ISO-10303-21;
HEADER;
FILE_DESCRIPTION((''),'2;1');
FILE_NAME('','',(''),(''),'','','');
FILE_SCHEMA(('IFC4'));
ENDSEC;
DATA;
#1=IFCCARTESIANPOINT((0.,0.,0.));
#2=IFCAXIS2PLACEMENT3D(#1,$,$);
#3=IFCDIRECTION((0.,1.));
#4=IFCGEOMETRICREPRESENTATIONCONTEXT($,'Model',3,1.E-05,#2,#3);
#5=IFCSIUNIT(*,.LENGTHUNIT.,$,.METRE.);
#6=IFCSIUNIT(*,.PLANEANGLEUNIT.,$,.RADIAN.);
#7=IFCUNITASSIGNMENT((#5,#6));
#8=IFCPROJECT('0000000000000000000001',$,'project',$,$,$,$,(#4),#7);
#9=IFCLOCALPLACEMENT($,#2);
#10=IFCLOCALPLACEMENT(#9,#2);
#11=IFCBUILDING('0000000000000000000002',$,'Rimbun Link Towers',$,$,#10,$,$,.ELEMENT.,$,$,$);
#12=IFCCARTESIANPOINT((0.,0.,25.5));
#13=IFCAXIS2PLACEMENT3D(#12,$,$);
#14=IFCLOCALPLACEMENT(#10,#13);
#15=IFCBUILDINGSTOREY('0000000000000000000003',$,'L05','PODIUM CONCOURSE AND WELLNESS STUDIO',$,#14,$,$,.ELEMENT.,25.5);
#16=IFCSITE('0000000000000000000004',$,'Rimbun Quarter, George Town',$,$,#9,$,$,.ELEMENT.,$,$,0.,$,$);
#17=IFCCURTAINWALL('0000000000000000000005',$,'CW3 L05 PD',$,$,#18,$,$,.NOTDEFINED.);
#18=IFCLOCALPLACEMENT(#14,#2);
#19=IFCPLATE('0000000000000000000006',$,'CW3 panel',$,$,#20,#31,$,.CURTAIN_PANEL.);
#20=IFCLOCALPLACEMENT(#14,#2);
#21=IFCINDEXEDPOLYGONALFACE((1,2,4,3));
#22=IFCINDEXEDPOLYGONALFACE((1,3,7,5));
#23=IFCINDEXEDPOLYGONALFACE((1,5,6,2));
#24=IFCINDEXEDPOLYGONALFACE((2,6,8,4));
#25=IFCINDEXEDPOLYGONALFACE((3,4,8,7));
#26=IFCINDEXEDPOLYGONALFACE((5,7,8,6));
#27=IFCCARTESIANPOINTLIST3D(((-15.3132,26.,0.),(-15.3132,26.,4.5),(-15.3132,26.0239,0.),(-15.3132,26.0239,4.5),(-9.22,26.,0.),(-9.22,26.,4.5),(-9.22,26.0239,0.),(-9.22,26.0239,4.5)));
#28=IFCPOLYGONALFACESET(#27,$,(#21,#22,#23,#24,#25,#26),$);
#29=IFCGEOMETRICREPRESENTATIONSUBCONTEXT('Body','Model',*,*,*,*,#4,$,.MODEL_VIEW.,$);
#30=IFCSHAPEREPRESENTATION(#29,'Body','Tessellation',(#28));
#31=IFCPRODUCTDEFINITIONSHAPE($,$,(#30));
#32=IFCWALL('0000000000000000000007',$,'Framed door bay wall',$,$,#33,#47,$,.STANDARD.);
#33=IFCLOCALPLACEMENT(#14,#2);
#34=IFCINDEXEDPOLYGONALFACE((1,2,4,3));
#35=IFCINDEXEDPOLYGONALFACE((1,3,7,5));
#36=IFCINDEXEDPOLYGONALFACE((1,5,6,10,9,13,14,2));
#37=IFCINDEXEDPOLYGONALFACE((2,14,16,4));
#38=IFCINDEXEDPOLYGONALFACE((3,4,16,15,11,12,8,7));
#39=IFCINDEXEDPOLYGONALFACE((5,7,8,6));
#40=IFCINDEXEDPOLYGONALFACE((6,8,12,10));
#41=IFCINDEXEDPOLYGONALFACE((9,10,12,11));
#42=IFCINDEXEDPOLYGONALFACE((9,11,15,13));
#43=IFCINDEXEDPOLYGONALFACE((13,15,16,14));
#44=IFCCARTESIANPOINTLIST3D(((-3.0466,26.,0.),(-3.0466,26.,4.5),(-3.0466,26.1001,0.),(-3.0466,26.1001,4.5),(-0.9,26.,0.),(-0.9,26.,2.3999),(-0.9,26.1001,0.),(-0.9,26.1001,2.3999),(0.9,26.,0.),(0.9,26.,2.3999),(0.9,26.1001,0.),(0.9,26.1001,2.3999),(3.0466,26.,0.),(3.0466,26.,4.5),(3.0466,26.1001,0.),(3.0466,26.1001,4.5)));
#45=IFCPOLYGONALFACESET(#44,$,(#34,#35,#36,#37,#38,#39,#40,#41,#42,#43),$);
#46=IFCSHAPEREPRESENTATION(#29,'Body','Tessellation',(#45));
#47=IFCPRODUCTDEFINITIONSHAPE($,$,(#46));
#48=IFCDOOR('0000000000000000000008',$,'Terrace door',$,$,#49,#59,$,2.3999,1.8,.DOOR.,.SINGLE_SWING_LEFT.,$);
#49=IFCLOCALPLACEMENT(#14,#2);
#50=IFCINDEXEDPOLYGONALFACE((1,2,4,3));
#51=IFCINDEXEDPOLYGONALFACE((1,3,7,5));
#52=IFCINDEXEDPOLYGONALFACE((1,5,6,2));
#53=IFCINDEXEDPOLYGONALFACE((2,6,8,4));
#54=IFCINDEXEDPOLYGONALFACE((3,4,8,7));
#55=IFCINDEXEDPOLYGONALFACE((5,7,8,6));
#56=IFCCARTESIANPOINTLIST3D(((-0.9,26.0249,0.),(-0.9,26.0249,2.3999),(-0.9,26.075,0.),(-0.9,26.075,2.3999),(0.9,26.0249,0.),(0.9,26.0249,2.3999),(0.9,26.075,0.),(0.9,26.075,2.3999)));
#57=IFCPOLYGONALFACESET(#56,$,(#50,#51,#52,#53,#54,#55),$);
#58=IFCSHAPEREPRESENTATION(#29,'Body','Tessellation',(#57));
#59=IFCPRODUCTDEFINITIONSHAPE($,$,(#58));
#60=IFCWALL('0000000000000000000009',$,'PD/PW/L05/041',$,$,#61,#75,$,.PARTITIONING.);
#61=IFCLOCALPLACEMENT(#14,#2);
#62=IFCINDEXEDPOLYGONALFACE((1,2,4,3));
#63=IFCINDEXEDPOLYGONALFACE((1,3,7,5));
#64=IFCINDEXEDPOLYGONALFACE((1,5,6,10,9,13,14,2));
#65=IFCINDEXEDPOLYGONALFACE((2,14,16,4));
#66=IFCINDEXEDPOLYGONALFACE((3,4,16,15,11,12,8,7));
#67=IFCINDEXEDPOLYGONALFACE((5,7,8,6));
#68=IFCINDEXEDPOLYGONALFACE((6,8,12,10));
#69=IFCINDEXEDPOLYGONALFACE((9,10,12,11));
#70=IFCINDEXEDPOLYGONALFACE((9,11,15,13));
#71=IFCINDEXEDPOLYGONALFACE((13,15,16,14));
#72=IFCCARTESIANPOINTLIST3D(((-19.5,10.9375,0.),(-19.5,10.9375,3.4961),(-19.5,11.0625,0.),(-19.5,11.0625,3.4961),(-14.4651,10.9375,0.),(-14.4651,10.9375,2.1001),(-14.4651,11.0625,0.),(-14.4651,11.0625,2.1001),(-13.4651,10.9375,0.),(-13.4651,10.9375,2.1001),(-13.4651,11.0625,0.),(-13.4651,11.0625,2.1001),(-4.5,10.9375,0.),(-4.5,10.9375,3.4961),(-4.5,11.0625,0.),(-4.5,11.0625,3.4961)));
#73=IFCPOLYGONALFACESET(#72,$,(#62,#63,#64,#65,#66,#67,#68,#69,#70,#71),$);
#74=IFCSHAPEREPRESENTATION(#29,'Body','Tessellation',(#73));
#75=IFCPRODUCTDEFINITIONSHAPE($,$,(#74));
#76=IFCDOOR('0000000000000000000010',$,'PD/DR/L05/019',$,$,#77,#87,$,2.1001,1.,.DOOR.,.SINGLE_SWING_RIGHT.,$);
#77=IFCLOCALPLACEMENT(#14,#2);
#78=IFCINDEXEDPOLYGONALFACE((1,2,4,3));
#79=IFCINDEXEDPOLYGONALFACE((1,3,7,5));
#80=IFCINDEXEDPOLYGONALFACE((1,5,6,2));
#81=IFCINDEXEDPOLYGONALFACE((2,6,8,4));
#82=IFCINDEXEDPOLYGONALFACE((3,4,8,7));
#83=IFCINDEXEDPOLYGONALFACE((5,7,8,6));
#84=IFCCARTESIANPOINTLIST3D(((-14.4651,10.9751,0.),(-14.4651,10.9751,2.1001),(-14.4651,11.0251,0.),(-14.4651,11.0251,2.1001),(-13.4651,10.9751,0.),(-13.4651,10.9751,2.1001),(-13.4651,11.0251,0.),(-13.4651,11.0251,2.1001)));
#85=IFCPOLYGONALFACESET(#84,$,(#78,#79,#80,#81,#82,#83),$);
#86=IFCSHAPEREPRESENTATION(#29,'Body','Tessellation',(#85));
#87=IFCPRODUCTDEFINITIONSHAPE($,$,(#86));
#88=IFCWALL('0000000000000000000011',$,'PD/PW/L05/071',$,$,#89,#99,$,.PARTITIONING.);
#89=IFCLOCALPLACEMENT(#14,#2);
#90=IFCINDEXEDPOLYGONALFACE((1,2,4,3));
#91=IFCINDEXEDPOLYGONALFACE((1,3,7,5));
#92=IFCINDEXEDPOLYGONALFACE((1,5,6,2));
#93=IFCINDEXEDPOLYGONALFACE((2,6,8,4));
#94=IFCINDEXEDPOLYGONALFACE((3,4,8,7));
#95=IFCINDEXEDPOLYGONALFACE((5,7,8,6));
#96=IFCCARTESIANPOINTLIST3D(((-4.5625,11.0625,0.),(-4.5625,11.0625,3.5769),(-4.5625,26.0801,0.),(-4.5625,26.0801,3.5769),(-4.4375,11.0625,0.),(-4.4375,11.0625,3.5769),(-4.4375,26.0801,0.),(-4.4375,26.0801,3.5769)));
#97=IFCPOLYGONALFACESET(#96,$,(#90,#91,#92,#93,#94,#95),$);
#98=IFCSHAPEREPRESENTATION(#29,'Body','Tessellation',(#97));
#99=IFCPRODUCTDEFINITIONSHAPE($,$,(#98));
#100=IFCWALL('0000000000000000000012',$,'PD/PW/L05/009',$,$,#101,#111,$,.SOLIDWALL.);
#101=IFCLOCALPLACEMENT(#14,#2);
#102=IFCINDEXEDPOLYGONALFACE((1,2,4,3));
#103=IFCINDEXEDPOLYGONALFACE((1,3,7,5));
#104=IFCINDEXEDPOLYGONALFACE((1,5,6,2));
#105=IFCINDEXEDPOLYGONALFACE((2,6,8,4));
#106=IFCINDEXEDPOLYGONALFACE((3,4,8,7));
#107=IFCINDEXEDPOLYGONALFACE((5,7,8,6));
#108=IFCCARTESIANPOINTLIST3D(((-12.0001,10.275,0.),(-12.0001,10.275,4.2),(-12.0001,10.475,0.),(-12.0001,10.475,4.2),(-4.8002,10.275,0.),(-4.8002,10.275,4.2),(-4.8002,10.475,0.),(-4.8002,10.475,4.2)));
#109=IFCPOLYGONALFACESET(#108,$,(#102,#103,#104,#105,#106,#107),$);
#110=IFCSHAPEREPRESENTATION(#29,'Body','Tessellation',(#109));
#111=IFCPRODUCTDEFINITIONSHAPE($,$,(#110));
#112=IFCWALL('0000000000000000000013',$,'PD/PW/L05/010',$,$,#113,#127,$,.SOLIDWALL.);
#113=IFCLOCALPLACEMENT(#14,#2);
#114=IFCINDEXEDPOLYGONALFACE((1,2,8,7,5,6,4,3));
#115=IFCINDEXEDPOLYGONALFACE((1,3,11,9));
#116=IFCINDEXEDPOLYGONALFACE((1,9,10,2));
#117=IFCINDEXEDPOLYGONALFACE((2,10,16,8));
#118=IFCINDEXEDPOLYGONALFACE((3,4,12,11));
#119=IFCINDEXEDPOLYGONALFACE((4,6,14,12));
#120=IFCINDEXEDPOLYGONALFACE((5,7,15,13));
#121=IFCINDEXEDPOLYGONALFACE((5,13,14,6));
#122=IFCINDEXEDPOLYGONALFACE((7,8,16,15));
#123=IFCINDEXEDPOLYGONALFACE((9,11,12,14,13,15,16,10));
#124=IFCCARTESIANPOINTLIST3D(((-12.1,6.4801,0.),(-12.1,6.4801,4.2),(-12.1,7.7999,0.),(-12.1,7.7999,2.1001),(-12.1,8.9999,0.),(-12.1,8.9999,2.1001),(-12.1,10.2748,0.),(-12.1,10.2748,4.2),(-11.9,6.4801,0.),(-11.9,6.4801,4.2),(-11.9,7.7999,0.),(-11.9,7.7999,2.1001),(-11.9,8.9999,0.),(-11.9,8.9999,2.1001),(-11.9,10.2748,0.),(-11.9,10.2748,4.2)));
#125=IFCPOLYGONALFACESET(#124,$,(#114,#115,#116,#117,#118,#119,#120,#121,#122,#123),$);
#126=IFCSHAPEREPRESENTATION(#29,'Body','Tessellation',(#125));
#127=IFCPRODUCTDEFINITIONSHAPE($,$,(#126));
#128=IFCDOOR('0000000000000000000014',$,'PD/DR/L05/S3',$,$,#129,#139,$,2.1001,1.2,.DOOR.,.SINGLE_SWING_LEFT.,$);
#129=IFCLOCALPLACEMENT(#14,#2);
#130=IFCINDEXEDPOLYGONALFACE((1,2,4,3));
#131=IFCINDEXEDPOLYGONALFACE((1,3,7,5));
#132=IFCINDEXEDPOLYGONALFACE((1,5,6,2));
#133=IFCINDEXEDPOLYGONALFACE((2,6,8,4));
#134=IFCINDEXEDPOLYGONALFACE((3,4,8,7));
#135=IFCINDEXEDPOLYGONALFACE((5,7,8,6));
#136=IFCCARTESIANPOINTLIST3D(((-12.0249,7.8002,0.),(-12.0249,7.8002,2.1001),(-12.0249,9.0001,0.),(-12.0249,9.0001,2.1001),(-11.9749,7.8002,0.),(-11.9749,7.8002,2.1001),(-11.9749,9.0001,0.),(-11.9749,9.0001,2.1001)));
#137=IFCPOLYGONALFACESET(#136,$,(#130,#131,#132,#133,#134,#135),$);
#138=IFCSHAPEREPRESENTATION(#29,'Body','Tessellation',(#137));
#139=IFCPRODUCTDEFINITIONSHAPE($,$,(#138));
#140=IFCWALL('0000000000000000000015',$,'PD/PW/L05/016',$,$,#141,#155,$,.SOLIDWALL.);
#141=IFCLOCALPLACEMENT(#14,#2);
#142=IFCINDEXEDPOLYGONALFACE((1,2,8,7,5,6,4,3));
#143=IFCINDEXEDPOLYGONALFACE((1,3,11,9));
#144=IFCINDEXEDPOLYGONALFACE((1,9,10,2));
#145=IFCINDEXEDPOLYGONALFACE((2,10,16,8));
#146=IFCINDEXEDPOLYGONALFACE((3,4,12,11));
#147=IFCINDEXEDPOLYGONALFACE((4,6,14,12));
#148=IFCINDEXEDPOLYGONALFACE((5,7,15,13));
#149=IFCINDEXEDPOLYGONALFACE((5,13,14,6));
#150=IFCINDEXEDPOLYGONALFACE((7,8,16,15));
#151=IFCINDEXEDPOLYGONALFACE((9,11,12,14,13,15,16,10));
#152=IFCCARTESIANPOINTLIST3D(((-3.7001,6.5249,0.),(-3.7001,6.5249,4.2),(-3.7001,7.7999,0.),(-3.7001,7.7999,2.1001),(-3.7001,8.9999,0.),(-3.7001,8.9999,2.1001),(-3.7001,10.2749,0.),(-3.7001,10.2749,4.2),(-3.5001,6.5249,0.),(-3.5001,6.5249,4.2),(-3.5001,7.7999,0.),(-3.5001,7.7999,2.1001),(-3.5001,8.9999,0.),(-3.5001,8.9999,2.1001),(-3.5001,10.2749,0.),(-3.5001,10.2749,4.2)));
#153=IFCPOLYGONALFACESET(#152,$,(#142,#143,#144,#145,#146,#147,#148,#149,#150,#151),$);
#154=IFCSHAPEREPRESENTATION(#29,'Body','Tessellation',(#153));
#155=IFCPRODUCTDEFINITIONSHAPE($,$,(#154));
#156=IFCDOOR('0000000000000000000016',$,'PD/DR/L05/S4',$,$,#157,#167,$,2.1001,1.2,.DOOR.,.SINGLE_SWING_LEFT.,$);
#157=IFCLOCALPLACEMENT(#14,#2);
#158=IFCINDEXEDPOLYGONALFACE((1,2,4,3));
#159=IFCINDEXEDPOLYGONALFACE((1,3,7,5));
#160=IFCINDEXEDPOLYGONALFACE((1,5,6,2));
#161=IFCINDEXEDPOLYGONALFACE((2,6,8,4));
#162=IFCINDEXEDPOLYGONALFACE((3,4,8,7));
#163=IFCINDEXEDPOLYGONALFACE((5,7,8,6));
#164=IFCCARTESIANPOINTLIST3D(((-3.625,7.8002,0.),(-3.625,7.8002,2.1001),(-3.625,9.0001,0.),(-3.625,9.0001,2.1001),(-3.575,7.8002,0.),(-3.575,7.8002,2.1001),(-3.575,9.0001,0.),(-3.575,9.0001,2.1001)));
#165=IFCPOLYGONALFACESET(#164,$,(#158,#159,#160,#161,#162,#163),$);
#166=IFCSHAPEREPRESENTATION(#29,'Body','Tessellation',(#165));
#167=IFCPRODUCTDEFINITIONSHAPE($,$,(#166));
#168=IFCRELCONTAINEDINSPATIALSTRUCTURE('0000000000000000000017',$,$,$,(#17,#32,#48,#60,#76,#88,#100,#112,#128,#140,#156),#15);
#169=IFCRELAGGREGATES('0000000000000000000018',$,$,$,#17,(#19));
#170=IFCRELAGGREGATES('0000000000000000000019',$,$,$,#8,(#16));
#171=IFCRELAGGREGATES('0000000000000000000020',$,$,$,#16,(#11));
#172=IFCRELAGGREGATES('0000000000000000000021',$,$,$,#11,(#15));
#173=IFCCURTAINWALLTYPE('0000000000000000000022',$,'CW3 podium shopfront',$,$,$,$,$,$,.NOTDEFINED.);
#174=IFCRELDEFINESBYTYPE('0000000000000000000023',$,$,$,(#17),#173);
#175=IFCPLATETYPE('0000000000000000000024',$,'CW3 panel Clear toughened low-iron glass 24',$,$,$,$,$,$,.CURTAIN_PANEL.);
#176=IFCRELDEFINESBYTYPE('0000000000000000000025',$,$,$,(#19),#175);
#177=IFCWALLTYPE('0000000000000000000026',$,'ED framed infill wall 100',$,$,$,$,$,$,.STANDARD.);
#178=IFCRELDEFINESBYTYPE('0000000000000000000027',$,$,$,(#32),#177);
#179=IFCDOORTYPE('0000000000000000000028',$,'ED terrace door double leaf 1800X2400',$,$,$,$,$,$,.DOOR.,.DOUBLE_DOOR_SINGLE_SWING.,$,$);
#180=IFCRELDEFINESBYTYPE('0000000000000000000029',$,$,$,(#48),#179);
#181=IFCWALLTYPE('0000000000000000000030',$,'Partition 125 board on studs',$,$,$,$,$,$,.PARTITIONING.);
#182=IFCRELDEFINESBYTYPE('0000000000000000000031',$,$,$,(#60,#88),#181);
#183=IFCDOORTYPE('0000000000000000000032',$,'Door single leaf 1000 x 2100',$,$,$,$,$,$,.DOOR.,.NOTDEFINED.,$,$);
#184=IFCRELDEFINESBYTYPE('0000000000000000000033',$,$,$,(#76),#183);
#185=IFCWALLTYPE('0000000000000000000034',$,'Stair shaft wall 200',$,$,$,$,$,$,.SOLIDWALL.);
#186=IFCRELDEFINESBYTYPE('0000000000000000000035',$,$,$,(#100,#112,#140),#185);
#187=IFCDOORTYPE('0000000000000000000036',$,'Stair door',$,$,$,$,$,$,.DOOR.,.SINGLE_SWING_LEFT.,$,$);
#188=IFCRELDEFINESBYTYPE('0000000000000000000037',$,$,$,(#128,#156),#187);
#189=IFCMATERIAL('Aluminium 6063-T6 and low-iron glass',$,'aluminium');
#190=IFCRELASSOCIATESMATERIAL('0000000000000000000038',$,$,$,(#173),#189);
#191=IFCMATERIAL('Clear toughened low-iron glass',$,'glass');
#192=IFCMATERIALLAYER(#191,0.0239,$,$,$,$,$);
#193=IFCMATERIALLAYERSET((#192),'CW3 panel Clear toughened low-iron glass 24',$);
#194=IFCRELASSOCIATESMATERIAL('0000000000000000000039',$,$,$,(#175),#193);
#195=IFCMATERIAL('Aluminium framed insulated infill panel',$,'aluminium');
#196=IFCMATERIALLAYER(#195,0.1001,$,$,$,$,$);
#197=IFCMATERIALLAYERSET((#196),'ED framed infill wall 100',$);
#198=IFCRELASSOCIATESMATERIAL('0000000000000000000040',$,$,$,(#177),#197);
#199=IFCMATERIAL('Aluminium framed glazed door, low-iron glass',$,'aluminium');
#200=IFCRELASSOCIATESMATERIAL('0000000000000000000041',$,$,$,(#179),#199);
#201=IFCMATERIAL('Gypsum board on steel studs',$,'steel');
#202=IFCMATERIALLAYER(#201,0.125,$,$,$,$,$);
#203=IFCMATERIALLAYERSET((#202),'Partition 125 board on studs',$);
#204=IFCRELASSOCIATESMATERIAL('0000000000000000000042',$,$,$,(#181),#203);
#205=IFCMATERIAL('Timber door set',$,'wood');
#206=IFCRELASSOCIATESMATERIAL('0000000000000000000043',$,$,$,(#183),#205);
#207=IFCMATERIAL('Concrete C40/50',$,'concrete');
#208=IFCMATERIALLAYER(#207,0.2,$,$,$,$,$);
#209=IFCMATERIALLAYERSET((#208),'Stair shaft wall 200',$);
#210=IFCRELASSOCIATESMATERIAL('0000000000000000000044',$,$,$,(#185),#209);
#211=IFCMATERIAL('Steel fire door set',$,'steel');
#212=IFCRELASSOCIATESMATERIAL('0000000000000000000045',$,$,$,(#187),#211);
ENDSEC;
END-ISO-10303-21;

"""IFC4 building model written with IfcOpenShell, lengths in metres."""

from ifc_helpers import new_model, si_unit, direction, frame, frame_2d, origin, origin_2d, place, context, subcontext, project, spatial, rectangle, extrude, material, layer, layer_set, type_object, element, fill, aggregate, save


model = new_model("IFC4")

# Units and contexts
model_context = context("Model", 3, precision=1e-05, world=origin(), true_north=direction((0.0, 1.0)))
body_context = subcontext(model_context, "Body", "Model", "MODEL_VIEW")
ifc_project = project(units=[si_unit("LENGTHUNIT", "METRE"), si_unit("PLANEANGLEUNIT", "RADIAN")], contexts=[model_context])

# Site, building, storey
site_placement = place(None, origin())
site = spatial("IfcSite", under=ifc_project, at=site_placement, Name="Rimbun Quarter, George Town", CompositionType="ELEMENT", RefElevation=0.0)
building_placement = place(site_placement, origin())
building = spatial("IfcBuilding", under=site, at=building_placement, Name="Rimbun Link Towers", CompositionType="ELEMENT")
storey_placement = place(building_placement, frame((0.0, 0.0, 25.5)))
storey = spatial("IfcBuildingStorey", under=building, at=storey_placement, Name="L05", Description="PODIUM CONCOURSE AND WELLNESS STUDIO", CompositionType="ELEMENT", Elevation=25.5)

# Curtain wall
ifc_material_1 = material(Name="Aluminium 6063-T6 and low-iron glass", Category="aluminium")
curtain_wall_type = type_object("IfcCurtainWallType", Name="CW3 podium shopfront", PredefinedType="NOTDEFINED", material=ifc_material_1)
curtain_wall_placement = place(storey_placement, origin())
curtain_wall = element("IfcCurtainWall", 1, at=curtain_wall_placement, inside=storey, type_object=curtain_wall_type, Name="CW3 L05 PD", PredefinedType="NOTDEFINED")

# Plate
ifc_material_2 = material(Name="Clear toughened low-iron glass", Category="glass")
ifc_layer_1 = layer(ifc_material_2, 0.0239)
ifc_layer_set_1 = layer_set([ifc_layer_1], Name="CW3 panel Clear toughened low-iron glass 24")
plate_type = type_object("IfcPlateType", Name="CW3 panel Clear toughened low-iron glass 24", PredefinedType="CURTAIN_PANEL", material=ifc_layer_set_1)
plate_1_placement = place(storey_placement, frame((-12.2666, 26.012, 0.0), z_axis=(0.0, 0.0, 1.0), x_axis=(1.0, 0.0, 0.0)))
plate_1 = element("IfcPlate", 2, at=plate_1_placement, type_object=plate_type, Name="CW3 panel", PredefinedType="CURTAIN_PANEL", context=body_context, shape_type="SweptSolid", body=[
    extrude(rectangle(XDim=6.0933, YDim=0.0239, at=origin_2d()), origin(), (0.0, 0.0, 1.0), 4.5),
])
aggregate(curtain_wall, [plate_1])

# Walls, openings, doors
ifc_material_3 = material(Name="Aluminium framed insulated infill panel", Category="aluminium")
ifc_layer_2 = layer(ifc_material_3, 0.1001)
ifc_layer_set_2 = layer_set([ifc_layer_2], Name="ED framed infill wall 100")
wall_type_1 = type_object("IfcWallType", Name="ED framed infill wall 100", PredefinedType="STANDARD", material=ifc_layer_set_2)
wall_1_placement = place(storey_placement, frame((-3.0466, 26.05, 0.0), z_axis=(0.0, 0.0, 1.0), x_axis=(1.0, 0.0, 0.0)))
wall_1 = element("IfcWall", 3, at=wall_1_placement, inside=storey, type_object=wall_type_1, Name="Framed door bay wall", PredefinedType="STANDARD", context=body_context, shape_type="SweptSolid", body=[
    extrude(rectangle(XDim=6.0933, YDim=0.1001, at=frame_2d((3.0466, 0.0))), origin(), (0.0, 0.0, 1.0), 4.5),
])
opening_1_placement = place(wall_1_placement, frame((2.1467, 0.0, 0.0)))
opening_1 = element("IfcOpeningElement", 4, at=opening_1_placement, cuts=wall_1, PredefinedType="OPENING", context=body_context, shape_type="SweptSolid", body=[
    extrude(rectangle(XDim=1.8, YDim=2.3999, at=frame_2d((0.8999, 1.2))), frame((0.0, 0.0601, 0.0), z_axis=(0.0, -1.0, 0.0), x_axis=(1.0, 0.0, 0.0)), (0.0, 0.0, 1.0), 0.1201),
])
ifc_material_4 = material(Name="Aluminium framed glazed door, low-iron glass", Category="aluminium")
door_type_1 = type_object("IfcDoorType", Name="ED terrace door double leaf 1800X2400", OperationType="DOUBLE_DOOR_SINGLE_SWING", PredefinedType="DOOR", material=ifc_material_4)
door_1_placement = place(opening_1_placement, origin())
door_1 = element("IfcDoor", 5, at=door_1_placement, inside=storey, type_object=door_type_1, Name="Terrace door", OperationType="SINGLE_SWING_LEFT", OverallHeight=2.3999, OverallWidth=1.8, PredefinedType="DOOR", context=body_context, shape_type="SweptSolid", body=[
    extrude(rectangle(XDim=1.8, YDim=2.3999, at=frame_2d((0.8999, 1.2))), frame((0.0, 0.0249, 0.0), z_axis=(0.0, -1.0, 0.0), x_axis=(1.0, 0.0, 0.0)), (0.0, 0.0, 1.0), 0.05),
])
fill(opening_1, door_1)
ifc_material_5 = material(Name="Gypsum board on steel studs", Category="steel")
ifc_layer_3 = layer(ifc_material_5, 0.125)
ifc_layer_set_3 = layer_set([ifc_layer_3], Name="Partition 125 board on studs")
wall_type_2 = type_object("IfcWallType", Name="Partition 125 board on studs", PredefinedType="PARTITIONING", material=ifc_layer_set_3)
wall_2_placement = place(storey_placement, frame((-4.5, 11.0, 0.0), z_axis=(0.0, 0.0, 1.0), x_axis=(-1.0, 0.0, 0.0)))
wall_2 = element("IfcWall", 6, at=wall_2_placement, inside=storey, type_object=wall_type_2, Name="PD/PW/L05/041", PredefinedType="PARTITIONING", context=body_context, shape_type="SweptSolid", body=[
    extrude(rectangle(XDim=15.0, YDim=0.125, at=frame_2d((7.5, 0.0))), origin(), (0.0, 0.0, 1.0), 3.4961),
])
opening_2_placement = place(wall_2_placement, frame((8.9651, 0.0, 0.0)))
opening_2 = element("IfcOpeningElement", 7, at=opening_2_placement, cuts=wall_2, PredefinedType="OPENING", context=body_context, shape_type="SweptSolid", body=[
    extrude(rectangle(XDim=1.0, YDim=2.1001, at=frame_2d((0.5, 1.05))), frame((0.0, 0.0725, 0.0), z_axis=(0.0, -1.0, 0.0), x_axis=(1.0, 0.0, 0.0)), (0.0, 0.0, 1.0), 0.145),
])
ifc_material_6 = material(Name="Timber door set", Category="wood")
door_type_2 = type_object("IfcDoorType", Name="Door single leaf 1000 x 2100", OperationType="NOTDEFINED", PredefinedType="DOOR", material=ifc_material_6)
door_2_placement = place(opening_2_placement, origin())
door_2 = element("IfcDoor", 8, at=door_2_placement, inside=storey, type_object=door_type_2, Name="PD/DR/L05/019", OperationType="SINGLE_SWING_RIGHT", OverallHeight=2.1001, OverallWidth=1.0, PredefinedType="DOOR", context=body_context, shape_type="SweptSolid", body=[
    extrude(rectangle(XDim=1.0, YDim=2.1001, at=frame_2d((0.5, 1.05))), frame((0.0, 0.0249, 0.0), z_axis=(0.0, -1.0, 0.0), x_axis=(1.0, 0.0, 0.0)), (0.0, 0.0, 1.0), 0.05),
])
fill(opening_2, door_2)

# Walls
wall_3_placement = place(storey_placement, frame((-4.5, 11.0625, 0.0), z_axis=(0.0, 0.0, 1.0), x_axis=(0.0, 1.0, 0.0)))
element("IfcWall", 9, at=wall_3_placement, inside=storey, type_object=wall_type_2, Name="PD/PW/L05/071", PredefinedType="PARTITIONING", context=body_context, shape_type="SweptSolid", body=[
    extrude(rectangle(XDim=15.0176, YDim=0.125, at=frame_2d((7.5088, 0.0))), origin(), (0.0, 0.0, 1.0), 3.5769),
])
ifc_material_7 = material(Name="Concrete C40/50", Category="concrete")
ifc_layer_4 = layer(ifc_material_7, 0.2)
ifc_layer_set_4 = layer_set([ifc_layer_4], Name="Stair shaft wall 200")
wall_type_3 = type_object("IfcWallType", Name="Stair shaft wall 200", PredefinedType="SOLIDWALL", material=ifc_layer_set_4)
wall_4_placement = place(storey_placement, frame((-4.8, 10.375, 0.0), z_axis=(0.0, 0.0, 1.0), x_axis=(-1.0, 0.0, 0.0)))
element("IfcWall", 10, at=wall_4_placement, inside=storey, type_object=wall_type_3, Name="PD/PW/L05/009", PredefinedType="SOLIDWALL", context=body_context, shape_type="SweptSolid", body=[
    extrude(rectangle(XDim=7.2, YDim=0.2, at=frame_2d((3.6001, 0.0))), origin(), (0.0, 0.0, 1.0), 4.2),
])

# Walls, openings, doors
wall_5_placement = place(storey_placement, frame((-12.0, 10.2749, 0.0), z_axis=(0.0, 0.0, 1.0), x_axis=(0.0, -1.0, 0.0)))
wall_5 = element("IfcWall", 11, at=wall_5_placement, inside=storey, type_object=wall_type_3, Name="PD/PW/L05/010", PredefinedType="SOLIDWALL", context=body_context, shape_type="SweptSolid", body=[
    extrude(rectangle(XDim=3.7947, YDim=0.2, at=frame_2d((1.8975, 0.0))), origin(), (0.0, 0.0, 1.0), 4.2),
])
opening_3_placement = place(wall_5_placement, frame((1.2749, 0.0, 0.0)))
opening_3 = element("IfcOpeningElement", 12, at=opening_3_placement, cuts=wall_5, PredefinedType="OPENING", context=body_context, shape_type="SweptSolid", body=[
    extrude(rectangle(XDim=1.2, YDim=2.1001, at=frame_2d((0.6001, 1.05))), frame((0.0, 0.1099, 0.0), z_axis=(0.0, -1.0, 0.0), x_axis=(1.0, 0.0, 0.0)), (0.0, 0.0, 1.0), 0.22),
])
ifc_material_8 = material(Name="Steel fire door set", Category="steel")
door_type_3 = type_object("IfcDoorType", Name="Stair door", OperationType="SINGLE_SWING_LEFT", PredefinedType="DOOR", material=ifc_material_8)
door_3_placement = place(opening_3_placement, frame((1.2, 0.0, 0.0), z_axis=(0.0, 0.0, 1.0), x_axis=(-1.0, 0.0, 0.0)))
door_3 = element("IfcDoor", 13, at=door_3_placement, inside=storey, type_object=door_type_3, Name="PD/DR/L05/S3", OperationType="SINGLE_SWING_LEFT", OverallHeight=2.1001, OverallWidth=1.2, PredefinedType="DOOR", context=body_context, shape_type="SweptSolid", body=[
    extrude(rectangle(XDim=1.2, YDim=2.1001, at=frame_2d((0.6001, 1.05))), frame((0.0, 0.0249, 0.0), z_axis=(0.0, -1.0, 0.0), x_axis=(1.0, 0.0, 0.0)), (0.0, 0.0, 1.0), 0.05),
])
fill(opening_3, door_3)
wall_6_placement = place(storey_placement, frame((-3.6001, 10.2749, 0.0), z_axis=(0.0, 0.0, 1.0), x_axis=(0.0, -1.0, 0.0)))
wall_6 = element("IfcWall", 14, at=wall_6_placement, inside=storey, type_object=wall_type_3, Name="PD/PW/L05/016", PredefinedType="SOLIDWALL", context=body_context, shape_type="SweptSolid", body=[
    extrude(rectangle(XDim=3.75, YDim=0.2, at=frame_2d((1.875, 0.0))), origin(), (0.0, 0.0, 1.0), 4.2),
])
opening_4_placement = place(wall_6_placement, frame((1.2749, 0.0, 0.0)))
opening_4 = element("IfcOpeningElement", 15, at=opening_4_placement, cuts=wall_6, PredefinedType="OPENING", context=body_context, shape_type="SweptSolid", body=[
    extrude(rectangle(XDim=1.2, YDim=2.1001, at=frame_2d((0.6001, 1.05))), frame((0.0, 0.1099, 0.0), z_axis=(0.0, -1.0, 0.0), x_axis=(1.0, 0.0, 0.0)), (0.0, 0.0, 1.0), 0.22),
])
door_4_placement = place(opening_4_placement, frame((1.2, 0.0, 0.0), z_axis=(0.0, 0.0, 1.0), x_axis=(-1.0, 0.0, 0.0)))
door_4 = element("IfcDoor", 16, at=door_4_placement, inside=storey, type_object=door_type_3, Name="PD/DR/L05/S4", OperationType="SINGLE_SWING_LEFT", OverallHeight=2.1001, OverallWidth=1.2, PredefinedType="DOOR", context=body_context, shape_type="SweptSolid", body=[
    extrude(rectangle(XDim=1.2, YDim=2.1001, at=frame_2d((0.6001, 1.05))), frame((0.0, 0.0249, 0.0), z_axis=(0.0, -1.0, 0.0), x_axis=(1.0, 0.0, 0.0)), (0.0, 0.0, 1.0), 0.05),
])
fill(opening_4, door_4)

save(model, "model.ifc")
